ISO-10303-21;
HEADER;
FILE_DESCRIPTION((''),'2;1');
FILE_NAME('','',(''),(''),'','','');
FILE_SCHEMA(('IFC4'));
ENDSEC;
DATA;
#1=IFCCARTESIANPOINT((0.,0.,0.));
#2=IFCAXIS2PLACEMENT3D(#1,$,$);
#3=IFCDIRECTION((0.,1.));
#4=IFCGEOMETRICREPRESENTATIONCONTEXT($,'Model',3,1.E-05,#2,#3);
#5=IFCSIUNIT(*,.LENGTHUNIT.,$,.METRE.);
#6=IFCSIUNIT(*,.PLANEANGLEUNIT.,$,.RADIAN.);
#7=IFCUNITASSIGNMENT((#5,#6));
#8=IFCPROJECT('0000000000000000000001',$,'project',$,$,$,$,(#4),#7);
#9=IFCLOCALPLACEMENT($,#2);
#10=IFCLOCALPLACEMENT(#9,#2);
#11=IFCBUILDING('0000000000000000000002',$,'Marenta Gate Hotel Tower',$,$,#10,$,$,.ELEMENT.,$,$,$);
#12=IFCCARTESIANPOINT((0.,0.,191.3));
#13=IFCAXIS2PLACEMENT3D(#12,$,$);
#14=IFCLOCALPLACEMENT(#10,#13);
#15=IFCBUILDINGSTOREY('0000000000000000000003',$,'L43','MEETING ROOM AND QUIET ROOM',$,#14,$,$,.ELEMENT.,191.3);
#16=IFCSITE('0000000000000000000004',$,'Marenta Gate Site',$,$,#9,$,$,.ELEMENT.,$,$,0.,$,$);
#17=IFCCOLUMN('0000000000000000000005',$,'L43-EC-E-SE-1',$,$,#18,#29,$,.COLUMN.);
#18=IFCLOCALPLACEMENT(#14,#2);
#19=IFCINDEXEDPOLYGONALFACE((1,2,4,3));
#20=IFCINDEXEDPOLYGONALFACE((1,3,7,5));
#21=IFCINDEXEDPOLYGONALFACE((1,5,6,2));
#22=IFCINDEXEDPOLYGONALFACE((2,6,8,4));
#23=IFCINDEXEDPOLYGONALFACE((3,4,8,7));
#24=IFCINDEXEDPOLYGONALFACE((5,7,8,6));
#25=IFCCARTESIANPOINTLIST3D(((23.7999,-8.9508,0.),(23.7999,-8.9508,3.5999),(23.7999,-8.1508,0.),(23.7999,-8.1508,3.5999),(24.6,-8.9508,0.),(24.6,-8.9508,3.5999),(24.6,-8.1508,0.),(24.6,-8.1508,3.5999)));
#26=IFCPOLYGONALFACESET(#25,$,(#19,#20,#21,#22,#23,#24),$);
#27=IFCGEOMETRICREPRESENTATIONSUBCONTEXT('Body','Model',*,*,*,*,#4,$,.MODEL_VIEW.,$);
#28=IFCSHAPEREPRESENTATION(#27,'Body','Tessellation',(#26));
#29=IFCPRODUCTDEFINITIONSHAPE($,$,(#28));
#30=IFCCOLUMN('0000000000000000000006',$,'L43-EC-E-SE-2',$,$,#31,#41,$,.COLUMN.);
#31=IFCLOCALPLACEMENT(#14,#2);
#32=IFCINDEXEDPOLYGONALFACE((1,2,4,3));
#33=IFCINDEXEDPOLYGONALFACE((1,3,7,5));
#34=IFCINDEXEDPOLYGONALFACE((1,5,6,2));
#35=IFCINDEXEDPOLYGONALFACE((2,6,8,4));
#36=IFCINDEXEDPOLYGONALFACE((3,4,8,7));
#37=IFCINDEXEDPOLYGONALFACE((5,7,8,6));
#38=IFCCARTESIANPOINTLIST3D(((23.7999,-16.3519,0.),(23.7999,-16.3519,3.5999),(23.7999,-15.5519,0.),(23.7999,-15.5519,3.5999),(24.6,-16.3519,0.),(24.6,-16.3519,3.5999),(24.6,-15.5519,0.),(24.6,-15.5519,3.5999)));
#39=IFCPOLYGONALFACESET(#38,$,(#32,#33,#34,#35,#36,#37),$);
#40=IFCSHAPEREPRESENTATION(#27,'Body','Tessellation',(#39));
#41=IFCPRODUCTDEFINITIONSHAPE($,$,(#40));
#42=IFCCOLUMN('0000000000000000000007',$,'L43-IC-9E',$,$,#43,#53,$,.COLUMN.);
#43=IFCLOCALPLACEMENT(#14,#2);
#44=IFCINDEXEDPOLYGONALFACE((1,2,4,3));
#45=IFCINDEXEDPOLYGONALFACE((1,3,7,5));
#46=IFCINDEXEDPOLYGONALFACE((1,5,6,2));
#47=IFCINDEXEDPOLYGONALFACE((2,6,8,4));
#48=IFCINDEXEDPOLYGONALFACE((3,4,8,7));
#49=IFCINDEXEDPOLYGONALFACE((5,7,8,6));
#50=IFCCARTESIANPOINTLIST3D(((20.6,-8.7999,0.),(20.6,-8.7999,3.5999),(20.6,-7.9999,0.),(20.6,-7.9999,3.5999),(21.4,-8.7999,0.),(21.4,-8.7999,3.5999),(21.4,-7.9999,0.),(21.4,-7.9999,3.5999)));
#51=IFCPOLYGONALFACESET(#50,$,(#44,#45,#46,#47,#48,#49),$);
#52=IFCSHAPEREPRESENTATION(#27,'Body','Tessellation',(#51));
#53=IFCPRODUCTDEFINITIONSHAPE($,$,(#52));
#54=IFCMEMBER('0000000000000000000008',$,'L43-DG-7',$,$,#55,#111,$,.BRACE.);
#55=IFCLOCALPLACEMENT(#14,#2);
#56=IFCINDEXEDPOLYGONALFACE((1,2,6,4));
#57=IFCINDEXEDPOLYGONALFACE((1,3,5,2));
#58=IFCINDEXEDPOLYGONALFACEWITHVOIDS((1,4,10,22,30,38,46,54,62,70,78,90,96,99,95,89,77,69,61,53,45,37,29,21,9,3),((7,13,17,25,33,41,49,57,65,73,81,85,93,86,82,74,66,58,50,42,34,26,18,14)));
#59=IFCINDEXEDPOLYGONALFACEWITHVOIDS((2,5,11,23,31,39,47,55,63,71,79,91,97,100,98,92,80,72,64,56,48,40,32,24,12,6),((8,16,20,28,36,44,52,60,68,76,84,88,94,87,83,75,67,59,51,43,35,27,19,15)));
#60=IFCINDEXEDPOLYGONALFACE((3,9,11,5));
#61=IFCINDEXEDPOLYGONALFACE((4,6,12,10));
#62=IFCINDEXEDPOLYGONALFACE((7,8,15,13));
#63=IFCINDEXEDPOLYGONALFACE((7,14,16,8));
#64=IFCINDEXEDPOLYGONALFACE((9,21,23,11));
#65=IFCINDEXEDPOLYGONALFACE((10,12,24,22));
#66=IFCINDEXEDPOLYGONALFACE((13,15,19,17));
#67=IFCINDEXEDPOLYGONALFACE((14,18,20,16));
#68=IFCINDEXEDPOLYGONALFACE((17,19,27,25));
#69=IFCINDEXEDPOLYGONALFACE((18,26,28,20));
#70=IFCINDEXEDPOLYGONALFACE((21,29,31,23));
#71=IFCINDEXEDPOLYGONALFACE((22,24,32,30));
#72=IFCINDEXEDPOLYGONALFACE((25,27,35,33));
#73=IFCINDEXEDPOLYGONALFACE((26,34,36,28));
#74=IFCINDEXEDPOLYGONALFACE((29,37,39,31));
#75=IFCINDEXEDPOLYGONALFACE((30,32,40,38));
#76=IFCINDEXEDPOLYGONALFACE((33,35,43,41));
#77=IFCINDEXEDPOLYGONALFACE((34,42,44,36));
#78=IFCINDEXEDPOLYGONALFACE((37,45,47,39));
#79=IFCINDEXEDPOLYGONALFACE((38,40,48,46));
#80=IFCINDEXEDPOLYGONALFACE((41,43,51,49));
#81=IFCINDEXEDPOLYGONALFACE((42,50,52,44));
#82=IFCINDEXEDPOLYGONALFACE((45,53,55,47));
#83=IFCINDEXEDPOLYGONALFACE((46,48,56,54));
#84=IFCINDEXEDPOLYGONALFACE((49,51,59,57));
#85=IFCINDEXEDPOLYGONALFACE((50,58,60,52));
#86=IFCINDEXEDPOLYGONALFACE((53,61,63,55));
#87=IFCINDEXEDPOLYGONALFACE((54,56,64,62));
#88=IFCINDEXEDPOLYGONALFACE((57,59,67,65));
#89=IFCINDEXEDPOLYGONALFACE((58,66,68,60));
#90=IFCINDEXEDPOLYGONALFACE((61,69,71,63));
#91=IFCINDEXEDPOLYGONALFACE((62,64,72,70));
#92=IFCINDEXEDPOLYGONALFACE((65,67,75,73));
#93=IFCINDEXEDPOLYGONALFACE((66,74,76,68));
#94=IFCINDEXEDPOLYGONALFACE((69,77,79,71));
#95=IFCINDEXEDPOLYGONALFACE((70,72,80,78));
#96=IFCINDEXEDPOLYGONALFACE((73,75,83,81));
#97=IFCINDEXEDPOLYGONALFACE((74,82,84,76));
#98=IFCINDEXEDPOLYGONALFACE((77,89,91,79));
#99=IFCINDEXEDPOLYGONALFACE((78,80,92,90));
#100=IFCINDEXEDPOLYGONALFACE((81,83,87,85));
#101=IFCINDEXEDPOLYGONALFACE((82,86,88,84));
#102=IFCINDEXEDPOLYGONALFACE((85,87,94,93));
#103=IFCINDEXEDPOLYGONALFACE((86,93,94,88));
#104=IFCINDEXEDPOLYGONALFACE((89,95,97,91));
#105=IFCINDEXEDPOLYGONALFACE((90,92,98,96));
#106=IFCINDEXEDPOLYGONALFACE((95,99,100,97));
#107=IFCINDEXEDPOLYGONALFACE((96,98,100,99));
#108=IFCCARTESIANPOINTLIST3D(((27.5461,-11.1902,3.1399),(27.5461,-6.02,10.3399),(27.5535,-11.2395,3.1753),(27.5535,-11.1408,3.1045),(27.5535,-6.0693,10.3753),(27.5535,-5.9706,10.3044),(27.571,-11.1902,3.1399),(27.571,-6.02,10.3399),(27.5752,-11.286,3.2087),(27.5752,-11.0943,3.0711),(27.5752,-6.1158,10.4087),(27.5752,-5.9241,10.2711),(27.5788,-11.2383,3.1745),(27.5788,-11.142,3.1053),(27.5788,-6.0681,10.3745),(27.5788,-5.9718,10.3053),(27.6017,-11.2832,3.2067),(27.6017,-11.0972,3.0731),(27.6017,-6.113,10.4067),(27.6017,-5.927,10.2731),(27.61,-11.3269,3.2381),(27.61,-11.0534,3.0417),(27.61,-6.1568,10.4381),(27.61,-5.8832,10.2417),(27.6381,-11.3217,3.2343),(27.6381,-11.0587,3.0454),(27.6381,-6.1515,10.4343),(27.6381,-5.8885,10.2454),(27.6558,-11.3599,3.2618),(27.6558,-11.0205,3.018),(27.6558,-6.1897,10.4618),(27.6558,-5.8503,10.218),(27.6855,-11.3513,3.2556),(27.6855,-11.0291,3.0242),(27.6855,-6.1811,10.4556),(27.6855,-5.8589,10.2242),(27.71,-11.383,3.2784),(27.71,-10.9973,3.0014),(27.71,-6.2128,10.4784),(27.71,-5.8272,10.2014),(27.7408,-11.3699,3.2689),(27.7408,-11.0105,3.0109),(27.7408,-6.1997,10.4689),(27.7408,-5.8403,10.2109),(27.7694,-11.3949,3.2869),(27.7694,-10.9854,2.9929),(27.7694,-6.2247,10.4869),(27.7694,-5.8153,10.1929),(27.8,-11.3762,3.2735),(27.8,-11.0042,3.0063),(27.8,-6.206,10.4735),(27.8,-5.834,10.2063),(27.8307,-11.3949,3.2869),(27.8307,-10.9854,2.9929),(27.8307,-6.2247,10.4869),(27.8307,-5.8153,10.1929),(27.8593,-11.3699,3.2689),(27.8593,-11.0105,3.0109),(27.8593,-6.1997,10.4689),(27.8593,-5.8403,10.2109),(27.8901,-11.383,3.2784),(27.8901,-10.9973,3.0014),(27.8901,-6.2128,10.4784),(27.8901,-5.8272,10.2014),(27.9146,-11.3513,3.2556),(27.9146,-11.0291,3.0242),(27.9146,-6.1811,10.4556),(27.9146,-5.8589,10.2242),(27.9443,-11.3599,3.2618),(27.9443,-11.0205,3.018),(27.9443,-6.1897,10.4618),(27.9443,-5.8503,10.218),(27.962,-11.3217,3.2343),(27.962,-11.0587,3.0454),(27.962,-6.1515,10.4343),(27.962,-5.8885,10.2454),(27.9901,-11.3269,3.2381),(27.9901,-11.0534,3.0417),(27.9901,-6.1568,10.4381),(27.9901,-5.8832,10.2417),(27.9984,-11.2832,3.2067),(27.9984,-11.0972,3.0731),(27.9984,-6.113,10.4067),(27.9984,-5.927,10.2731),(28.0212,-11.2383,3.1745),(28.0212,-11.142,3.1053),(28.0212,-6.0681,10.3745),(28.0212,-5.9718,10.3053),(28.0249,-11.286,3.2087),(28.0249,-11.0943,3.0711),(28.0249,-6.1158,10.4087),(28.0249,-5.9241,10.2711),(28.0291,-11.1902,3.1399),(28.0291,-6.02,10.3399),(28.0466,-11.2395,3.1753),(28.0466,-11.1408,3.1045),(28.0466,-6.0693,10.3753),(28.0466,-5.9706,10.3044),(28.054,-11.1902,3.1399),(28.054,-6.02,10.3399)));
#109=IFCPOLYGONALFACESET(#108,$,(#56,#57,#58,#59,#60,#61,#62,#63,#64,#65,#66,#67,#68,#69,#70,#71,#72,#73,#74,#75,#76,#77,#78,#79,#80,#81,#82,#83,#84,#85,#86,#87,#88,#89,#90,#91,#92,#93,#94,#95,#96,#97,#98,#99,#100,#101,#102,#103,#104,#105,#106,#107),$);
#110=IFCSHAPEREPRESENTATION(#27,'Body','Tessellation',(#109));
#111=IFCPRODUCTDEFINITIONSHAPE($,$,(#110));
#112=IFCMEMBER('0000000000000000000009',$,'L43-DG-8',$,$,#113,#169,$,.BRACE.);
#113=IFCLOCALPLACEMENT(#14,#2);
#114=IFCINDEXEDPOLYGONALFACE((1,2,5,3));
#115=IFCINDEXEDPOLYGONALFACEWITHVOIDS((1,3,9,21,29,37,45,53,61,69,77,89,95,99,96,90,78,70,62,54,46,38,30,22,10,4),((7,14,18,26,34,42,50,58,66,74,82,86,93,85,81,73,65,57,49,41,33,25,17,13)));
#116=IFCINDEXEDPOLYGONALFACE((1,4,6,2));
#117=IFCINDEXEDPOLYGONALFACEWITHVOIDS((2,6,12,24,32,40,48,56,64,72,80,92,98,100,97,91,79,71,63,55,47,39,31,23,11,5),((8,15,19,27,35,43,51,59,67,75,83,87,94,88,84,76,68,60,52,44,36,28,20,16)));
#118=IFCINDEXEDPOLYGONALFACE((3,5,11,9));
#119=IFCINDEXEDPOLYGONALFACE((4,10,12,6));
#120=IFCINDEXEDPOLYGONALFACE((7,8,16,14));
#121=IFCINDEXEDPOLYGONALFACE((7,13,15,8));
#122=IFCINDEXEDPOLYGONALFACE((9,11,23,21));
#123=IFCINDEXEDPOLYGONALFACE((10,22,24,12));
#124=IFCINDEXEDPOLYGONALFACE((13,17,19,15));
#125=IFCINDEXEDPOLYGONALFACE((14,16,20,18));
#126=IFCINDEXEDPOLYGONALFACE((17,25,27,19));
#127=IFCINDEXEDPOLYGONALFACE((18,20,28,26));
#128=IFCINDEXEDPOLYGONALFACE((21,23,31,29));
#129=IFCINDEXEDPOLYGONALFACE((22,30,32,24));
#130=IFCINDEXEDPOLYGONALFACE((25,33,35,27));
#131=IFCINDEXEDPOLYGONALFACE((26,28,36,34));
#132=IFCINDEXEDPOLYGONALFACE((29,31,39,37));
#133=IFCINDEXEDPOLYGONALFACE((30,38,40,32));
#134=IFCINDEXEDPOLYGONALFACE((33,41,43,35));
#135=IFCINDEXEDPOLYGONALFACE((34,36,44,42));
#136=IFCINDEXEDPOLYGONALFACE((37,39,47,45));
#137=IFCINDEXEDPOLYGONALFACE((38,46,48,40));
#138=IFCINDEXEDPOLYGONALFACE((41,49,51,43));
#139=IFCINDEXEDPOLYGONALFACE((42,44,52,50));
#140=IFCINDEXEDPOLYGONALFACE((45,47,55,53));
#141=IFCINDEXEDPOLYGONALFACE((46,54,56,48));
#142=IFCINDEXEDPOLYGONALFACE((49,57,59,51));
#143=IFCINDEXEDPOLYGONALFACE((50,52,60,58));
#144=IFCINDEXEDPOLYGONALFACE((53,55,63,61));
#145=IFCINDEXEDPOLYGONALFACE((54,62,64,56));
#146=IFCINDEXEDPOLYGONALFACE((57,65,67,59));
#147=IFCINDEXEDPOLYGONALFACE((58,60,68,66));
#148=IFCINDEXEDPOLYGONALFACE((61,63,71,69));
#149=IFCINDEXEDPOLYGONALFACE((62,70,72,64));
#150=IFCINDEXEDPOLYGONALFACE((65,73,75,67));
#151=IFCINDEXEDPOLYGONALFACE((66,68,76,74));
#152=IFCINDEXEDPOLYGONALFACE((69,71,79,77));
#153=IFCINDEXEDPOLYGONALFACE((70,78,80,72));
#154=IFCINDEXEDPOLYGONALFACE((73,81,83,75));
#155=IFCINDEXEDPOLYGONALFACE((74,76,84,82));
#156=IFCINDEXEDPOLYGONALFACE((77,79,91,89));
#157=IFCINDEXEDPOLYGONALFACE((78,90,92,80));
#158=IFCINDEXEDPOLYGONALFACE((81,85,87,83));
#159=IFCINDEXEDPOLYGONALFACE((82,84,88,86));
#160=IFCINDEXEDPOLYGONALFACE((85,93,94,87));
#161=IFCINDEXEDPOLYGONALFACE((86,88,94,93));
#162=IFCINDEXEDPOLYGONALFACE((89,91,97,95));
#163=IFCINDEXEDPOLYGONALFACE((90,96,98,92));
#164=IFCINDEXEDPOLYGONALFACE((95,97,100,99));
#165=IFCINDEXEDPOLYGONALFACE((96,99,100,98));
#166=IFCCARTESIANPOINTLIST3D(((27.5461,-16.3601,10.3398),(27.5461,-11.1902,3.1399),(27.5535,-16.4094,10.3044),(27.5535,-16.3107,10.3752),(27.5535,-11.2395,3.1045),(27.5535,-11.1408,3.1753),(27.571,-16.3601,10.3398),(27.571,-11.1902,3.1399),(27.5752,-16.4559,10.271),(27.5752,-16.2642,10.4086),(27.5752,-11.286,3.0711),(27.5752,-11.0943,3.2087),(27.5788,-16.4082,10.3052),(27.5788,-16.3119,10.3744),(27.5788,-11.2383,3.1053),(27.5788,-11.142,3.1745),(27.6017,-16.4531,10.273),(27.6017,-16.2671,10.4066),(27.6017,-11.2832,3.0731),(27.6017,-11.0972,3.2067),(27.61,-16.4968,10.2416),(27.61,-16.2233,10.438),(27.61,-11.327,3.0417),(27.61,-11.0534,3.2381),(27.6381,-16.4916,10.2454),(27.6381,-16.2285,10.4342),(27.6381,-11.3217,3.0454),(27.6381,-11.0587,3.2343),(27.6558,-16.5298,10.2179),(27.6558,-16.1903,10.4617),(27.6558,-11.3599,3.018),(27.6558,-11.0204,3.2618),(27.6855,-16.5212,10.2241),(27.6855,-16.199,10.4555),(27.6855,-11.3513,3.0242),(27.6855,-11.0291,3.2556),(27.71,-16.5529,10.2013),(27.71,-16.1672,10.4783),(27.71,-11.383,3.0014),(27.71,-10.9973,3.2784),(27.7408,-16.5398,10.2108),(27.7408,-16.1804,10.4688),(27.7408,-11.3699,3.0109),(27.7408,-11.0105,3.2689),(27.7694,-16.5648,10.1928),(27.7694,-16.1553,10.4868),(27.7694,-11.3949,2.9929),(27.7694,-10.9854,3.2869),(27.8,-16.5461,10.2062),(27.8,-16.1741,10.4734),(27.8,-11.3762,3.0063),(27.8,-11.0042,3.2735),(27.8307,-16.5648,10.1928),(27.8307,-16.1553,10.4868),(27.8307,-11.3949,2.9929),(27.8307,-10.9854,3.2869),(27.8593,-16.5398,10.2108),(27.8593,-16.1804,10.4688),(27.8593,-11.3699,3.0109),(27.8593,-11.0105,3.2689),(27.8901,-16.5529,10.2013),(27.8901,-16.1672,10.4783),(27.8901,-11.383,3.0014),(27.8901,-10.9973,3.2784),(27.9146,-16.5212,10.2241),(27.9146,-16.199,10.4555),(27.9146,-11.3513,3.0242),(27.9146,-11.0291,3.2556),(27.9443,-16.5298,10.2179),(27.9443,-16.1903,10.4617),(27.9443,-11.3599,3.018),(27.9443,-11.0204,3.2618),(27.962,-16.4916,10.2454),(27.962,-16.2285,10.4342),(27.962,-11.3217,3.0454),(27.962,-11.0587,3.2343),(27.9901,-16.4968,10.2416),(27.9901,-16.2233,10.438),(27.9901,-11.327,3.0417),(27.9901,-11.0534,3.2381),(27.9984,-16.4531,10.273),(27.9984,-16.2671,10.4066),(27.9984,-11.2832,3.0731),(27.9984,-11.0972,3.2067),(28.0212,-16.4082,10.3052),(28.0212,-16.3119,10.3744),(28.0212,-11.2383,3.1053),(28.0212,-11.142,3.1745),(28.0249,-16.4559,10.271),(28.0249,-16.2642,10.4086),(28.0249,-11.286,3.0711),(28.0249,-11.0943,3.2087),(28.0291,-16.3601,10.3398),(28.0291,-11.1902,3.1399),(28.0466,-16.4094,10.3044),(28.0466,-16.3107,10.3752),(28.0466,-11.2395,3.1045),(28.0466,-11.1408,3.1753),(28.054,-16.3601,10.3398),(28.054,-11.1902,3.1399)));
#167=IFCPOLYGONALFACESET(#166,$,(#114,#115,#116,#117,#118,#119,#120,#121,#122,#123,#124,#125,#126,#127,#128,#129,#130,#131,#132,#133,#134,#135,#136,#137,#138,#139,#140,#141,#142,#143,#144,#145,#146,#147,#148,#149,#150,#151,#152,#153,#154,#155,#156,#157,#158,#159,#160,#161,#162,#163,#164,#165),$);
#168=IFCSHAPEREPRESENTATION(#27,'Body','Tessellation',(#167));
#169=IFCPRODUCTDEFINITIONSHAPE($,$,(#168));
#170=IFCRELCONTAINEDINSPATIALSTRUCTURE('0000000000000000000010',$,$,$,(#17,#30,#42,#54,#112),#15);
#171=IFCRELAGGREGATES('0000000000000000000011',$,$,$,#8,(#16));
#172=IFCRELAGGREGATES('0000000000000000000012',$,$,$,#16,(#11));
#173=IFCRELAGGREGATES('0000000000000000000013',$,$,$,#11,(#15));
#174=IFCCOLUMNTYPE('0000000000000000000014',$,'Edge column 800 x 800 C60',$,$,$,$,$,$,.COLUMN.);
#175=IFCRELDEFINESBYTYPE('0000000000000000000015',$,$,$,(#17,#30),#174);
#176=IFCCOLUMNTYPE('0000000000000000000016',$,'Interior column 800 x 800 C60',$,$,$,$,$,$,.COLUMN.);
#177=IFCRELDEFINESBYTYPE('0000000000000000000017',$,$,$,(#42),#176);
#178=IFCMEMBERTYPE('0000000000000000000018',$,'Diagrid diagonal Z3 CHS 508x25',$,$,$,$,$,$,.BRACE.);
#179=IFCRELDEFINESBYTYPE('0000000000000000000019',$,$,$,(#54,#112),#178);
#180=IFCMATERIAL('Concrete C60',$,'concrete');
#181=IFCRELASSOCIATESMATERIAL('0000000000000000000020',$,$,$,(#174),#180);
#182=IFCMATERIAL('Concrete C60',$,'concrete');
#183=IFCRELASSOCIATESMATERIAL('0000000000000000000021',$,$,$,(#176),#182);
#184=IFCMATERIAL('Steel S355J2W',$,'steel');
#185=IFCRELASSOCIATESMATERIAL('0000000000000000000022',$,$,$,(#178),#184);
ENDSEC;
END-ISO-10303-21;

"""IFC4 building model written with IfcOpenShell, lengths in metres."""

from ifc_helpers import new_model, si_unit, direction, frame, origin, origin_2d, place, context, subcontext, project, spatial, rectangle, hollow_circle, extrude, material, material_profile, profile_set, type_object, element, save


model = new_model("IFC4")

# Units and contexts
model_context = context("Model", 3, precision=1e-05, world=origin(), true_north=direction((0.0, 1.0)))
body_context = subcontext(model_context, "Body", "Model", "MODEL_VIEW")
ifc_project = project(units=[si_unit("LENGTHUNIT", "METRE"), si_unit("PLANEANGLEUNIT", "RADIAN")], contexts=[model_context])

# Site, building, storey
site_placement = place(None, origin())
site = spatial("IfcSite", under=ifc_project, at=site_placement, Name="Marenta Gate Site", CompositionType="ELEMENT", RefElevation=0.0)
building_placement = place(site_placement, origin())
building = spatial("IfcBuilding", under=site, at=building_placement, Name="Marenta Gate Hotel Tower", CompositionType="ELEMENT")
storey_placement = place(building_placement, frame((0.0, 0.0, 191.3)))
storey = spatial("IfcBuildingStorey", under=building, at=storey_placement, Name="L43", Description="MEETING ROOM AND QUIET ROOM", CompositionType="ELEMENT", Elevation=191.3)

# Columns
ifc_material_1 = material(Name="Concrete C60", Category="concrete")
ifc_material_profile_1 = material_profile(ifc_material_1, rectangle(XDim=0.8, YDim=0.8, at=origin_2d()), Name="800 x 800")
ifc_profile_set_1 = profile_set([ifc_material_profile_1], Name="Concrete C60")
column_type_1 = type_object("IfcColumnType", Name="Edge column 800 x 800 C60", PredefinedType="COLUMN", material=ifc_profile_set_1)
for number, where, z_axis, x_axis, name in (
    (1, (24.2, -8.5508, 0.0), (0.0, 0.0, 1.0), (1.0, 0.0, 0.0), "L43-EC-E-SE-1"),
    (2, (24.2, -15.9519, 0.0), (0.0, 0.0, 1.0), (1.0, 0.0, 0.0), "L43-EC-E-SE-2"),
):
    element("IfcColumn", number, at=place(storey_placement, frame(where, z_axis=z_axis, x_axis=x_axis)), inside=storey, type_object=column_type_1, Name=name, PredefinedType="COLUMN", context=body_context, shape_type="SweptSolid", body=[
        extrude(rectangle(XDim=0.8, YDim=0.8, at=origin_2d()), origin(), (0.0, 0.0, 1.0), 3.5999),
    ])
ifc_material_2 = material(Name="Concrete C60", Category="concrete")
ifc_material_profile_2 = material_profile(ifc_material_2, rectangle(XDim=0.8, YDim=0.8, at=origin_2d()), Name="800 x 800")
ifc_profile_set_2 = profile_set([ifc_material_profile_2], Name="Concrete C60")
column_type_2 = type_object("IfcColumnType", Name="Interior column 800 x 800 C60", PredefinedType="COLUMN", material=ifc_profile_set_2)
column_placement = place(storey_placement, frame((21.0, -8.3999, 0.0), z_axis=(0.0, 0.0, 1.0), x_axis=(1.0, 0.0, 0.0)))
element("IfcColumn", 3, at=column_placement, inside=storey, type_object=column_type_2, Name="L43-IC-9E", PredefinedType="COLUMN", context=body_context, shape_type="SweptSolid", body=[
    extrude(rectangle(XDim=0.8, YDim=0.8, at=origin_2d()), origin(), (0.0, 0.0, 1.0), 3.5999),
])

# Members
ifc_material_3 = material(Name="Steel S355J2W", Category="steel")
ifc_material_profile_3 = material_profile(ifc_material_3, hollow_circle(Radius=0.2539, WallThickness=0.0249, at=origin_2d()), Name="CHS 508x25")
ifc_profile_set_3 = profile_set([ifc_material_profile_3], Name="Steel S355J2W")
member_type_1 = type_object("IfcMemberType", Name="Diagrid diagonal Z3 CHS 508x25", PredefinedType="BRACE", material=ifc_profile_set_3)
member_1_placement = place(storey_placement, frame((27.8, -11.1902, 3.1399), z_axis=(0.0, 0.583279, 0.812272), x_axis=(-1.0, 0.0, 0.0)))
element("IfcMember", 4, at=member_1_placement, inside=storey, type_object=member_type_1, Name="L43-DG-7", PredefinedType="BRACE", context=body_context, shape_type="SweptSolid", body=[
    extrude(hollow_circle(Radius=0.2539, WallThickness=0.0249, at=origin_2d()), origin(), (0.0, 0.0, 1.0), 8.864),
])
member_2_placement = place(storey_placement, frame((27.8, -11.1902, 3.1399), z_axis=(0.0, -0.583261, 0.812285), x_axis=(1.0, 0.0, 0.0)))
element("IfcMember", 5, at=member_2_placement, inside=storey, type_object=member_type_1, Name="L43-DG-8", PredefinedType="BRACE", context=body_context, shape_type="SweptSolid", body=[
    extrude(hollow_circle(Radius=0.2539, WallThickness=0.0249, at=origin_2d()), origin(), (0.0, 0.0, 1.0), 8.8638),
])

save(model, "model.ifc")
